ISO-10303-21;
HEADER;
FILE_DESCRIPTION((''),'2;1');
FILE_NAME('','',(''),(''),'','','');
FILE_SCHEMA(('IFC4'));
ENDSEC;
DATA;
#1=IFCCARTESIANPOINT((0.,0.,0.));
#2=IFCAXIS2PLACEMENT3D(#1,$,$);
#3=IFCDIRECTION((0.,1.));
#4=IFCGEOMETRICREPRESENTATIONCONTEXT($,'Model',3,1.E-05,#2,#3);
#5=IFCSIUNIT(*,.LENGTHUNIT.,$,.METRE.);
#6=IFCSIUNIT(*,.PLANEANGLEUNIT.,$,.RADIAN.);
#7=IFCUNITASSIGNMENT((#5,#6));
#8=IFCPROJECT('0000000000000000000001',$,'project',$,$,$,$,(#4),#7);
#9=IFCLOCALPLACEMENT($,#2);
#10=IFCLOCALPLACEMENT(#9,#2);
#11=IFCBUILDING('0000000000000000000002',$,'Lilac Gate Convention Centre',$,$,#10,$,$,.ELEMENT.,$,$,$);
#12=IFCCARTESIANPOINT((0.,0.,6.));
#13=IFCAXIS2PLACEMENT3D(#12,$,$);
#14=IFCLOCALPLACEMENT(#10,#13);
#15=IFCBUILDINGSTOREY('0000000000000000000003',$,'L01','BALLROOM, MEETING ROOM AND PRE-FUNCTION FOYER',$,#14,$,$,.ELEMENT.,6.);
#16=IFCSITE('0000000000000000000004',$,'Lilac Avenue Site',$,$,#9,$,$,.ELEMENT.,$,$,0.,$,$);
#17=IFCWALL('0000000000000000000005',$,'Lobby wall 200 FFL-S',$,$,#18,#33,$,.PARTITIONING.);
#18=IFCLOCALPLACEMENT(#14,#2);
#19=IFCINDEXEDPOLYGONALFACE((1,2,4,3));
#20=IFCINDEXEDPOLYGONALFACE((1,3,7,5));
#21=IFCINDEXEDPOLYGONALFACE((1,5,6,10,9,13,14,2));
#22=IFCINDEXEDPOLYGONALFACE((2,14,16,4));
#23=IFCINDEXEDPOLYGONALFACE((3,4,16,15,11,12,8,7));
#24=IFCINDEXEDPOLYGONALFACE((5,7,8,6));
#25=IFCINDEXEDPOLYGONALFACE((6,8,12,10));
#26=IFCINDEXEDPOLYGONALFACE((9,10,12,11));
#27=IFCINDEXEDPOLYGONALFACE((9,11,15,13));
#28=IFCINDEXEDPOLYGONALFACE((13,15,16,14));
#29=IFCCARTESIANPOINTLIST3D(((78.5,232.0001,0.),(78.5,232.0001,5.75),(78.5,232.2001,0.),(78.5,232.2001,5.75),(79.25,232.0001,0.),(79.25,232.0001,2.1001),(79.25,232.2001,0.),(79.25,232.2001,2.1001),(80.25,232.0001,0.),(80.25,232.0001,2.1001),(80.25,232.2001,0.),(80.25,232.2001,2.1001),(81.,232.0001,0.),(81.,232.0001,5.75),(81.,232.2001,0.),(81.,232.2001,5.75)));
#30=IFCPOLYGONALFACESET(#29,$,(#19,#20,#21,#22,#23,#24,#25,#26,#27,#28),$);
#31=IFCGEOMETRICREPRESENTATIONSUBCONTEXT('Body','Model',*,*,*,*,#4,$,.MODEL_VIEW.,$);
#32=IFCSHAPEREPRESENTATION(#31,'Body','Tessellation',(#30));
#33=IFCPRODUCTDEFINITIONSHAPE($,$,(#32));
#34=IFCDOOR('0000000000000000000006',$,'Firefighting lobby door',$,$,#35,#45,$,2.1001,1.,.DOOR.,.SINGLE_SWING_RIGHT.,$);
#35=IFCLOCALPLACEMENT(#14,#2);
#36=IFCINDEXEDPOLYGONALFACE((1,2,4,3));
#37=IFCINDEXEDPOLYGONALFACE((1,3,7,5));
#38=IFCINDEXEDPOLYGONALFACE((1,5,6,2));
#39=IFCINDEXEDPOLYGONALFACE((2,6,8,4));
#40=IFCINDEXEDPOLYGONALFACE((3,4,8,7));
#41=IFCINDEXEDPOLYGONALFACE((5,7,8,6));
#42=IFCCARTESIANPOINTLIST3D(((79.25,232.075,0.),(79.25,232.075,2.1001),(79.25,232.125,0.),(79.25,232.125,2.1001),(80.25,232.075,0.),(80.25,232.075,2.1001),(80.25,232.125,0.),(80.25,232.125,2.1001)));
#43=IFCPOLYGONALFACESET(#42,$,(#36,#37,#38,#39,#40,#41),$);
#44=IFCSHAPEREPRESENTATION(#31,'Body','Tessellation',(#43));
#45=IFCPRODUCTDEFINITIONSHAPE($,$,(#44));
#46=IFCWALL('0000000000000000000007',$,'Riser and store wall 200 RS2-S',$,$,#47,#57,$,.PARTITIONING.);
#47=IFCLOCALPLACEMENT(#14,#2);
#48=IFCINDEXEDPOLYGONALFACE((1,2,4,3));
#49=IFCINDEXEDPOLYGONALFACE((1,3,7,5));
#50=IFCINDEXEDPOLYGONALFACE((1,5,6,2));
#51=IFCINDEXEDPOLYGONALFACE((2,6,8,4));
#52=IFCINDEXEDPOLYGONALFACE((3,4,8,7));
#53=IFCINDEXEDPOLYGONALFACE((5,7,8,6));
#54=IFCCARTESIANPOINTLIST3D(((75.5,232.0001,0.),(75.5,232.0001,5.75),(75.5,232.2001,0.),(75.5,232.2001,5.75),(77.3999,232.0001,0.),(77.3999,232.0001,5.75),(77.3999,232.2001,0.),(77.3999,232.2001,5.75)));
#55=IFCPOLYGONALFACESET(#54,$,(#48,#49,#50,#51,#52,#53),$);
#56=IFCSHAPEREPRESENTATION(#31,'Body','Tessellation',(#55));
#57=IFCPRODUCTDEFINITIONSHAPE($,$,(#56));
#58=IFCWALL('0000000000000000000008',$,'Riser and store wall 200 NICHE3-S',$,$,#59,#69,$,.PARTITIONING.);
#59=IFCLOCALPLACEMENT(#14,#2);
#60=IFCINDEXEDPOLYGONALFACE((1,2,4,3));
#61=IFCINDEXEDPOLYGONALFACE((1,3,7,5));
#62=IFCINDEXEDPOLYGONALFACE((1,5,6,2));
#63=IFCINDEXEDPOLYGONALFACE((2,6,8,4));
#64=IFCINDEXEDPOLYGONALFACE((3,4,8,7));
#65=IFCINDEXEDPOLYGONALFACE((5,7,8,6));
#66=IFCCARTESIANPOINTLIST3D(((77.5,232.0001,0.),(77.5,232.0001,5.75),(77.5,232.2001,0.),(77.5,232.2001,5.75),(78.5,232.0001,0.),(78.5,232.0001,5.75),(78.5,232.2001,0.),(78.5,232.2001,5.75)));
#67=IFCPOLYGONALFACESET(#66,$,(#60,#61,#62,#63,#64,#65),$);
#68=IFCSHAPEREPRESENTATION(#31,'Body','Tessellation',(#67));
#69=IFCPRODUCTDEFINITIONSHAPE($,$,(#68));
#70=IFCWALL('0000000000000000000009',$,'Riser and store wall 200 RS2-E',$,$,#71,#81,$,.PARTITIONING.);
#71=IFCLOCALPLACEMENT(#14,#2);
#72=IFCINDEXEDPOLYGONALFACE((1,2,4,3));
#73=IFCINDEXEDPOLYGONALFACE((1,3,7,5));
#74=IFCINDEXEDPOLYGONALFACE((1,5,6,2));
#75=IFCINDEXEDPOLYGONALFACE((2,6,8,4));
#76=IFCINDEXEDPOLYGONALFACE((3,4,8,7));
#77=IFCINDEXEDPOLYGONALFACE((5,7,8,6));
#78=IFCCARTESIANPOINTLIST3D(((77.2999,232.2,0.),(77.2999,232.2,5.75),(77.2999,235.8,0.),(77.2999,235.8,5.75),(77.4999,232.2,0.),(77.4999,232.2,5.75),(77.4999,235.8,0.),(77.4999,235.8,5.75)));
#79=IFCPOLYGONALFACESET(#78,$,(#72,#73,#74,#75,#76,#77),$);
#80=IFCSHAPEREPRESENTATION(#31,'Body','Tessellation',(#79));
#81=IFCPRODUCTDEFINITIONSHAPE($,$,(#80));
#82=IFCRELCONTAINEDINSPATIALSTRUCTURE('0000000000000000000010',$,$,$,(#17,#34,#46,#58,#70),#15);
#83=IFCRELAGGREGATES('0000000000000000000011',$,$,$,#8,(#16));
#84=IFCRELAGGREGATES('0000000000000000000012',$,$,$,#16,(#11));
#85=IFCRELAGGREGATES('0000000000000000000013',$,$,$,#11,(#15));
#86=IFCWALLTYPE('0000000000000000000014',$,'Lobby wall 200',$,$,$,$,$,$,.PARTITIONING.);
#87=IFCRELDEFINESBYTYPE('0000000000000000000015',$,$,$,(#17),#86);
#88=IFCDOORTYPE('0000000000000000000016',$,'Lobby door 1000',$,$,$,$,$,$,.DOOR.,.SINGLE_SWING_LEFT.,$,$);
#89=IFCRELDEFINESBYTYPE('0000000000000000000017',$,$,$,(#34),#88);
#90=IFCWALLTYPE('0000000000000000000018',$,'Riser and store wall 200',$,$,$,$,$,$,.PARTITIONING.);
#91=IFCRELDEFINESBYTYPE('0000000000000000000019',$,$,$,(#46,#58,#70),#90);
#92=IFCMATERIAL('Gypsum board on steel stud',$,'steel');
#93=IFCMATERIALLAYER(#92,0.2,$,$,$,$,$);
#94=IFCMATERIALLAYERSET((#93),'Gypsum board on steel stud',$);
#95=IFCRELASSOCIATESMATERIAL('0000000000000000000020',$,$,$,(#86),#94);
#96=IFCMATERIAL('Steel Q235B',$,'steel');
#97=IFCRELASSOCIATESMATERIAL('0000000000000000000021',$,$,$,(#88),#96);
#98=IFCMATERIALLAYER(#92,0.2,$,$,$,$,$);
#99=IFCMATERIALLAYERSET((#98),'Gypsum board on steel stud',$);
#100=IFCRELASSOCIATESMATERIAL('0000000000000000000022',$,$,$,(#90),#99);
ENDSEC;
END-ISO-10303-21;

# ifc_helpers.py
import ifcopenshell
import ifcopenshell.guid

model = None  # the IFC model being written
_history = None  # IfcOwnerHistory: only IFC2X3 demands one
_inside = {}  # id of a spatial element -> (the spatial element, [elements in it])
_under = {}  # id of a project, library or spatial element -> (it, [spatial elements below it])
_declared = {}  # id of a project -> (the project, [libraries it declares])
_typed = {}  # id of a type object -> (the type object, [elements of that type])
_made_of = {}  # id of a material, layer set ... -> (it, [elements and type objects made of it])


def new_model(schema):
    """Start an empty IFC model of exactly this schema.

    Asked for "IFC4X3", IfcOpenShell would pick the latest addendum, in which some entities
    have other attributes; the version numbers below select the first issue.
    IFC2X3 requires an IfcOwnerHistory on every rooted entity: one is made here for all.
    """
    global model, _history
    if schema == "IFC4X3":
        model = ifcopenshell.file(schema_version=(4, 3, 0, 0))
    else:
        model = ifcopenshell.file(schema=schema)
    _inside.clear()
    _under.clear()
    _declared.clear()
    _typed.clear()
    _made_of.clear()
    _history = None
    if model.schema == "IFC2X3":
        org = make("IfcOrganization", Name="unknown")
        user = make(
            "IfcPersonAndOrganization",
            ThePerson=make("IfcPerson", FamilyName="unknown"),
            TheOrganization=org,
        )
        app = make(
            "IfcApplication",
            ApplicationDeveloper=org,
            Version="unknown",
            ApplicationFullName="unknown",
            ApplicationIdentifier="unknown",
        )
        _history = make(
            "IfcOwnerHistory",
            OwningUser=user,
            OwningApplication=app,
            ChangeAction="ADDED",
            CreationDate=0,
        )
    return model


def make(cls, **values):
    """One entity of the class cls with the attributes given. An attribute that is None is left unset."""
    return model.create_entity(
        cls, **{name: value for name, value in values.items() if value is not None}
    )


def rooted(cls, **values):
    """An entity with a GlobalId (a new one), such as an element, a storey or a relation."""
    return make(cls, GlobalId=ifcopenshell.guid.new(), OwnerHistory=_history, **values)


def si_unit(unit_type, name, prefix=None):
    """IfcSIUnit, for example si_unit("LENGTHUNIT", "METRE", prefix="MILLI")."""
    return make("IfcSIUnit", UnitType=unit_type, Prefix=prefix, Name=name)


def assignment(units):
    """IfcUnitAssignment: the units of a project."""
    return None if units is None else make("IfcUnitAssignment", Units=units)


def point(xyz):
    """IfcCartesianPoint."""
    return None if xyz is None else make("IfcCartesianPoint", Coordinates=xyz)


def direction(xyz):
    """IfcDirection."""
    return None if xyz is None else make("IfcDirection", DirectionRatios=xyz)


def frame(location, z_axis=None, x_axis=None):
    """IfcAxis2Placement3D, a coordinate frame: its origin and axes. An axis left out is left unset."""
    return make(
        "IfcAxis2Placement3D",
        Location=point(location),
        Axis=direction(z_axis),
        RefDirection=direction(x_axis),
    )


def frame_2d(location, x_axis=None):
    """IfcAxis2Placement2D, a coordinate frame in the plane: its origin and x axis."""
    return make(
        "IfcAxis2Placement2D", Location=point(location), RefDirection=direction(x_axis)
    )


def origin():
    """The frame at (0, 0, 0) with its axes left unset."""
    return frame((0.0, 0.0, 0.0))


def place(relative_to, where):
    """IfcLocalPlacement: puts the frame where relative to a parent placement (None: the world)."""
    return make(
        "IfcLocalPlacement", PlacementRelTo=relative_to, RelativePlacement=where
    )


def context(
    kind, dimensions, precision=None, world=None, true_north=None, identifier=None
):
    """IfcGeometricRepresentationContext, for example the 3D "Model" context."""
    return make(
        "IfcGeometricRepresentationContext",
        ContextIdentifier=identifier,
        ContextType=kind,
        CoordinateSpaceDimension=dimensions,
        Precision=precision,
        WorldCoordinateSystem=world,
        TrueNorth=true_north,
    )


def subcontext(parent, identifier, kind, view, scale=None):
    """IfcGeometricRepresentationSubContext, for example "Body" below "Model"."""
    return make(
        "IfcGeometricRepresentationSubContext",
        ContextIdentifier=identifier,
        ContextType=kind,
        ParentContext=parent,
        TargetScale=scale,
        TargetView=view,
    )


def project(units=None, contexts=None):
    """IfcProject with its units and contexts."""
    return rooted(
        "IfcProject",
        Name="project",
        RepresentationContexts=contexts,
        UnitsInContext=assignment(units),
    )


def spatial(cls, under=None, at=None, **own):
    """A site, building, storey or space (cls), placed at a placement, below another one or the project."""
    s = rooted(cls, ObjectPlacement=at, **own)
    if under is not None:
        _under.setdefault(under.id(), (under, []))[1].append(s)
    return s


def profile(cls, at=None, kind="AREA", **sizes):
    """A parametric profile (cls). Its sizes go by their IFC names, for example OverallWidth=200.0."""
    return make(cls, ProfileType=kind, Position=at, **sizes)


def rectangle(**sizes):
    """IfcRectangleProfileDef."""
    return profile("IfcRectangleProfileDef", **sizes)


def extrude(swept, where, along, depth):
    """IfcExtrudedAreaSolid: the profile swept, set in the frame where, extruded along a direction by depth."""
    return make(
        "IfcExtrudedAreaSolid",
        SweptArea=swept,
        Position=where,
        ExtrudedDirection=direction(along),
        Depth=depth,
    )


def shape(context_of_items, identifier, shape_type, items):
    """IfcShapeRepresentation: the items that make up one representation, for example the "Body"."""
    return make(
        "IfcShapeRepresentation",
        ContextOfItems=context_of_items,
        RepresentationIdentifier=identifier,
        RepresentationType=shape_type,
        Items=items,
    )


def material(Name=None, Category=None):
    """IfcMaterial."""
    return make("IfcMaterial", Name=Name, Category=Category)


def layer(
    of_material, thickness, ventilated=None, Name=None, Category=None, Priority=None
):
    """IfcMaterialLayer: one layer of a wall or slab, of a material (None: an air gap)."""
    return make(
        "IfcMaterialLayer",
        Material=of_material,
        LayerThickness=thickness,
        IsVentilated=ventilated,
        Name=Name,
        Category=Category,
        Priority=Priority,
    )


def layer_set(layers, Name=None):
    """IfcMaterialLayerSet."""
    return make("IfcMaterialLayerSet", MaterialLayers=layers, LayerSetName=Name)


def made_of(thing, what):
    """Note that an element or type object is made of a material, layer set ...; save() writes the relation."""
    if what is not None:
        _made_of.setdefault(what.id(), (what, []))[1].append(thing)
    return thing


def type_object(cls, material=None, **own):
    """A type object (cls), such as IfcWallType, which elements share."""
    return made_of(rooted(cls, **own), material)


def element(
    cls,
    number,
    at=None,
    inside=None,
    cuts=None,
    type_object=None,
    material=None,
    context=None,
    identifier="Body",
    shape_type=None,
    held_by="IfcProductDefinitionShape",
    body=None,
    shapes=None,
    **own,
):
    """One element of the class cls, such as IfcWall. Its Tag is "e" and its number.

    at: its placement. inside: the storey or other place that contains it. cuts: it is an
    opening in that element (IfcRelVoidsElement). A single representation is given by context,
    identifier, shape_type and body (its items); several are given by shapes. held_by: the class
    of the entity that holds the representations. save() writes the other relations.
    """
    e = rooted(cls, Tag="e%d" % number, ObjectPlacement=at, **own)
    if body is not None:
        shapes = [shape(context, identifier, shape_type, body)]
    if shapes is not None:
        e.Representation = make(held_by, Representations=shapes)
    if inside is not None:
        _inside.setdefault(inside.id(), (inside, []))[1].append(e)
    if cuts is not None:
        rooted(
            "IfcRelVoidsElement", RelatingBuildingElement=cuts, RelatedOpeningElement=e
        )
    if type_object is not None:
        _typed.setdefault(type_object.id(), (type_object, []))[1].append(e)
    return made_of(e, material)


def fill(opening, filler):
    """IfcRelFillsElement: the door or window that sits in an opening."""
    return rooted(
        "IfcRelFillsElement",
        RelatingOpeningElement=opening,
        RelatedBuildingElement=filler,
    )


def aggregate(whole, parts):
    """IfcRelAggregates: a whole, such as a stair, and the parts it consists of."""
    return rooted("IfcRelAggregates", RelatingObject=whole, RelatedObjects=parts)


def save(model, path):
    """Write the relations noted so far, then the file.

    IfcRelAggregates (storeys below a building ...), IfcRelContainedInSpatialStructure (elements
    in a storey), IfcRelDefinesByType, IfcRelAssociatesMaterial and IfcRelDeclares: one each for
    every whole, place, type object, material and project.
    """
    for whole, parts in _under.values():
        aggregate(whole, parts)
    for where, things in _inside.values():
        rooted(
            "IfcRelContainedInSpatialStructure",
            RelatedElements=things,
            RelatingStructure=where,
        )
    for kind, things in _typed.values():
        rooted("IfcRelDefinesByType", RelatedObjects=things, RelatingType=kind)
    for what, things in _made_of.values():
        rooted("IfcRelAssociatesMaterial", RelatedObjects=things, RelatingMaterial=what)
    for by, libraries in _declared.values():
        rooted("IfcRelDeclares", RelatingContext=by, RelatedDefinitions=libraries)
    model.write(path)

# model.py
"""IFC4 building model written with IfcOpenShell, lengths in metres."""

from ifc_helpers import new_model, si_unit, direction, frame, frame_2d, origin, place, context, subcontext, project, spatial, rectangle, extrude, material, layer, layer_set, type_object, element, fill, save


model = new_model("IFC4")

# Units and contexts
model_context = context("Model", 3, precision=1e-05, world=origin(), true_north=direction((0.0, 1.0)))
body_context = subcontext(model_context, "Body", "Model", "MODEL_VIEW")
ifc_project = project(units=[si_unit("LENGTHUNIT", "METRE"), si_unit("PLANEANGLEUNIT", "RADIAN")], contexts=[model_context])

# Site, building, storey
site_placement = place(None, origin())
site = spatial("IfcSite", under=ifc_project, at=site_placement, Name="Lilac Avenue Site", CompositionType="ELEMENT", RefElevation=0.0)
building_placement = place(site_placement, origin())
building = spatial("IfcBuilding", under=site, at=building_placement, Name="Lilac Gate Convention Centre", CompositionType="ELEMENT")
storey_placement = place(building_placement, frame((0.0, 0.0, 6.0)))
storey = spatial("IfcBuildingStorey", under=building, at=storey_placement, Name="L01", Description="BALLROOM, MEETING ROOM AND PRE-FUNCTION FOYER", CompositionType="ELEMENT", Elevation=6.0)

# Wall, opening, door
ifc_material_1 = material(Name="Gypsum board on steel stud", Category="steel")
ifc_layer_1 = layer(ifc_material_1, 0.2)
ifc_layer_set_1 = layer_set([ifc_layer_1], Name="Gypsum board on steel stud")
wall_type_1 = type_object("IfcWallType", Name="Lobby wall 200", PredefinedType="PARTITIONING", material=ifc_layer_set_1)
wall_1_placement = place(storey_placement, frame((78.5, 232.1001, 0.0), z_axis=(0.0, 0.0, 1.0), x_axis=(1.0, 0.0, 0.0)))
wall_1 = element("IfcWall", 1, at=wall_1_placement, inside=storey, type_object=wall_type_1, Name="Lobby wall 200 FFL-S", PredefinedType="PARTITIONING", context=body_context, shape_type="SweptSolid", body=[
    extrude(rectangle(XDim=2.5, YDim=0.2, at=frame_2d((1.25, 0.0))), origin(), (0.0, 0.0, 1.0), 5.75),
])
opening_placement = place(wall_1_placement, frame((0.75, 0.0, 0.0)))
opening = element("IfcOpeningElement", 2, at=opening_placement, cuts=wall_1, PredefinedType="OPENING", context=body_context, shape_type="SweptSolid", body=[
    extrude(rectangle(XDim=1.0, YDim=2.1001, at=frame_2d((0.5, 1.05))), frame((0.0, 0.1099, 0.0), z_axis=(0.0, -1.0, 0.0), x_axis=(1.0, 0.0, 0.0)), (0.0, 0.0, 1.0), 0.22),
])
ifc_material_2 = material(Name="Steel Q235B", Category="steel")
door_type = type_object("IfcDoorType", Name="Lobby door 1000", OperationType="SINGLE_SWING_LEFT", PredefinedType="DOOR", material=ifc_material_2)
door_placement = place(opening_placement, origin())
door = element("IfcDoor", 3, at=door_placement, inside=storey, type_object=door_type, Name="Firefighting lobby door", OperationType="SINGLE_SWING_RIGHT", OverallHeight=2.1001, OverallWidth=1.0, PredefinedType="DOOR", context=body_context, shape_type="SweptSolid", body=[
    extrude(rectangle(XDim=1.0, YDim=2.1001, at=frame_2d((0.5, 1.05))), frame((0.0, 0.0249, 0.0), z_axis=(0.0, -1.0, 0.0), x_axis=(1.0, 0.0, 0.0)), (0.0, 0.0, 1.0), 0.05),
])
fill(opening, door)

# Walls
ifc_layer_2 = layer(ifc_material_1, 0.2)
ifc_layer_set_2 = layer_set([ifc_layer_2], Name="Gypsum board on steel stud")
wall_type_2 = type_object("IfcWallType", Name="Riser and store wall 200", PredefinedType="PARTITIONING", material=ifc_layer_set_2)
wall_2_placement = place(storey_placement, frame((75.5, 232.1001, 0.0), z_axis=(0.0, 0.0, 1.0), x_axis=(1.0, 0.0, 0.0)))
element("IfcWall", 4, at=wall_2_placement, inside=storey, type_object=wall_type_2, Name="Riser and store wall 200 RS2-S", PredefinedType="PARTITIONING", context=body_context, shape_type="SweptSolid", body=[
    extrude(rectangle(XDim=1.8999, YDim=0.2, at=frame_2d((0.95, 0.0))), origin(), (0.0, 0.0, 1.0), 5.75),
])
wall_3_placement = place(storey_placement, frame((77.5, 232.1001, 0.0), z_axis=(0.0, 0.0, 1.0), x_axis=(1.0, 0.0, 0.0)))
element("IfcWall", 5, at=wall_3_placement, inside=storey, type_object=wall_type_2, Name="Riser and store wall 200 NICHE3-S", PredefinedType="PARTITIONING", context=body_context, shape_type="SweptSolid", body=[
    extrude(rectangle(XDim=1.0, YDim=0.2, at=frame_2d((0.5, 0.0))), origin(), (0.0, 0.0, 1.0), 5.75),
])
wall_4_placement = place(storey_placement, frame((77.3999, 232.2, 0.0), z_axis=(0.0, 0.0, 1.0), x_axis=(0.0, 1.0, 0.0)))
element("IfcWall", 6, at=wall_4_placement, inside=storey, type_object=wall_type_2, Name="Riser and store wall 200 RS2-E", PredefinedType="PARTITIONING", context=body_context, shape_type="SweptSolid", body=[
    extrude(rectangle(XDim=3.6001, YDim=0.2, at=frame_2d((1.8, 0.0))), origin(), (0.0, 0.0, 1.0), 5.75),
])

save(model, "model.ifc")
